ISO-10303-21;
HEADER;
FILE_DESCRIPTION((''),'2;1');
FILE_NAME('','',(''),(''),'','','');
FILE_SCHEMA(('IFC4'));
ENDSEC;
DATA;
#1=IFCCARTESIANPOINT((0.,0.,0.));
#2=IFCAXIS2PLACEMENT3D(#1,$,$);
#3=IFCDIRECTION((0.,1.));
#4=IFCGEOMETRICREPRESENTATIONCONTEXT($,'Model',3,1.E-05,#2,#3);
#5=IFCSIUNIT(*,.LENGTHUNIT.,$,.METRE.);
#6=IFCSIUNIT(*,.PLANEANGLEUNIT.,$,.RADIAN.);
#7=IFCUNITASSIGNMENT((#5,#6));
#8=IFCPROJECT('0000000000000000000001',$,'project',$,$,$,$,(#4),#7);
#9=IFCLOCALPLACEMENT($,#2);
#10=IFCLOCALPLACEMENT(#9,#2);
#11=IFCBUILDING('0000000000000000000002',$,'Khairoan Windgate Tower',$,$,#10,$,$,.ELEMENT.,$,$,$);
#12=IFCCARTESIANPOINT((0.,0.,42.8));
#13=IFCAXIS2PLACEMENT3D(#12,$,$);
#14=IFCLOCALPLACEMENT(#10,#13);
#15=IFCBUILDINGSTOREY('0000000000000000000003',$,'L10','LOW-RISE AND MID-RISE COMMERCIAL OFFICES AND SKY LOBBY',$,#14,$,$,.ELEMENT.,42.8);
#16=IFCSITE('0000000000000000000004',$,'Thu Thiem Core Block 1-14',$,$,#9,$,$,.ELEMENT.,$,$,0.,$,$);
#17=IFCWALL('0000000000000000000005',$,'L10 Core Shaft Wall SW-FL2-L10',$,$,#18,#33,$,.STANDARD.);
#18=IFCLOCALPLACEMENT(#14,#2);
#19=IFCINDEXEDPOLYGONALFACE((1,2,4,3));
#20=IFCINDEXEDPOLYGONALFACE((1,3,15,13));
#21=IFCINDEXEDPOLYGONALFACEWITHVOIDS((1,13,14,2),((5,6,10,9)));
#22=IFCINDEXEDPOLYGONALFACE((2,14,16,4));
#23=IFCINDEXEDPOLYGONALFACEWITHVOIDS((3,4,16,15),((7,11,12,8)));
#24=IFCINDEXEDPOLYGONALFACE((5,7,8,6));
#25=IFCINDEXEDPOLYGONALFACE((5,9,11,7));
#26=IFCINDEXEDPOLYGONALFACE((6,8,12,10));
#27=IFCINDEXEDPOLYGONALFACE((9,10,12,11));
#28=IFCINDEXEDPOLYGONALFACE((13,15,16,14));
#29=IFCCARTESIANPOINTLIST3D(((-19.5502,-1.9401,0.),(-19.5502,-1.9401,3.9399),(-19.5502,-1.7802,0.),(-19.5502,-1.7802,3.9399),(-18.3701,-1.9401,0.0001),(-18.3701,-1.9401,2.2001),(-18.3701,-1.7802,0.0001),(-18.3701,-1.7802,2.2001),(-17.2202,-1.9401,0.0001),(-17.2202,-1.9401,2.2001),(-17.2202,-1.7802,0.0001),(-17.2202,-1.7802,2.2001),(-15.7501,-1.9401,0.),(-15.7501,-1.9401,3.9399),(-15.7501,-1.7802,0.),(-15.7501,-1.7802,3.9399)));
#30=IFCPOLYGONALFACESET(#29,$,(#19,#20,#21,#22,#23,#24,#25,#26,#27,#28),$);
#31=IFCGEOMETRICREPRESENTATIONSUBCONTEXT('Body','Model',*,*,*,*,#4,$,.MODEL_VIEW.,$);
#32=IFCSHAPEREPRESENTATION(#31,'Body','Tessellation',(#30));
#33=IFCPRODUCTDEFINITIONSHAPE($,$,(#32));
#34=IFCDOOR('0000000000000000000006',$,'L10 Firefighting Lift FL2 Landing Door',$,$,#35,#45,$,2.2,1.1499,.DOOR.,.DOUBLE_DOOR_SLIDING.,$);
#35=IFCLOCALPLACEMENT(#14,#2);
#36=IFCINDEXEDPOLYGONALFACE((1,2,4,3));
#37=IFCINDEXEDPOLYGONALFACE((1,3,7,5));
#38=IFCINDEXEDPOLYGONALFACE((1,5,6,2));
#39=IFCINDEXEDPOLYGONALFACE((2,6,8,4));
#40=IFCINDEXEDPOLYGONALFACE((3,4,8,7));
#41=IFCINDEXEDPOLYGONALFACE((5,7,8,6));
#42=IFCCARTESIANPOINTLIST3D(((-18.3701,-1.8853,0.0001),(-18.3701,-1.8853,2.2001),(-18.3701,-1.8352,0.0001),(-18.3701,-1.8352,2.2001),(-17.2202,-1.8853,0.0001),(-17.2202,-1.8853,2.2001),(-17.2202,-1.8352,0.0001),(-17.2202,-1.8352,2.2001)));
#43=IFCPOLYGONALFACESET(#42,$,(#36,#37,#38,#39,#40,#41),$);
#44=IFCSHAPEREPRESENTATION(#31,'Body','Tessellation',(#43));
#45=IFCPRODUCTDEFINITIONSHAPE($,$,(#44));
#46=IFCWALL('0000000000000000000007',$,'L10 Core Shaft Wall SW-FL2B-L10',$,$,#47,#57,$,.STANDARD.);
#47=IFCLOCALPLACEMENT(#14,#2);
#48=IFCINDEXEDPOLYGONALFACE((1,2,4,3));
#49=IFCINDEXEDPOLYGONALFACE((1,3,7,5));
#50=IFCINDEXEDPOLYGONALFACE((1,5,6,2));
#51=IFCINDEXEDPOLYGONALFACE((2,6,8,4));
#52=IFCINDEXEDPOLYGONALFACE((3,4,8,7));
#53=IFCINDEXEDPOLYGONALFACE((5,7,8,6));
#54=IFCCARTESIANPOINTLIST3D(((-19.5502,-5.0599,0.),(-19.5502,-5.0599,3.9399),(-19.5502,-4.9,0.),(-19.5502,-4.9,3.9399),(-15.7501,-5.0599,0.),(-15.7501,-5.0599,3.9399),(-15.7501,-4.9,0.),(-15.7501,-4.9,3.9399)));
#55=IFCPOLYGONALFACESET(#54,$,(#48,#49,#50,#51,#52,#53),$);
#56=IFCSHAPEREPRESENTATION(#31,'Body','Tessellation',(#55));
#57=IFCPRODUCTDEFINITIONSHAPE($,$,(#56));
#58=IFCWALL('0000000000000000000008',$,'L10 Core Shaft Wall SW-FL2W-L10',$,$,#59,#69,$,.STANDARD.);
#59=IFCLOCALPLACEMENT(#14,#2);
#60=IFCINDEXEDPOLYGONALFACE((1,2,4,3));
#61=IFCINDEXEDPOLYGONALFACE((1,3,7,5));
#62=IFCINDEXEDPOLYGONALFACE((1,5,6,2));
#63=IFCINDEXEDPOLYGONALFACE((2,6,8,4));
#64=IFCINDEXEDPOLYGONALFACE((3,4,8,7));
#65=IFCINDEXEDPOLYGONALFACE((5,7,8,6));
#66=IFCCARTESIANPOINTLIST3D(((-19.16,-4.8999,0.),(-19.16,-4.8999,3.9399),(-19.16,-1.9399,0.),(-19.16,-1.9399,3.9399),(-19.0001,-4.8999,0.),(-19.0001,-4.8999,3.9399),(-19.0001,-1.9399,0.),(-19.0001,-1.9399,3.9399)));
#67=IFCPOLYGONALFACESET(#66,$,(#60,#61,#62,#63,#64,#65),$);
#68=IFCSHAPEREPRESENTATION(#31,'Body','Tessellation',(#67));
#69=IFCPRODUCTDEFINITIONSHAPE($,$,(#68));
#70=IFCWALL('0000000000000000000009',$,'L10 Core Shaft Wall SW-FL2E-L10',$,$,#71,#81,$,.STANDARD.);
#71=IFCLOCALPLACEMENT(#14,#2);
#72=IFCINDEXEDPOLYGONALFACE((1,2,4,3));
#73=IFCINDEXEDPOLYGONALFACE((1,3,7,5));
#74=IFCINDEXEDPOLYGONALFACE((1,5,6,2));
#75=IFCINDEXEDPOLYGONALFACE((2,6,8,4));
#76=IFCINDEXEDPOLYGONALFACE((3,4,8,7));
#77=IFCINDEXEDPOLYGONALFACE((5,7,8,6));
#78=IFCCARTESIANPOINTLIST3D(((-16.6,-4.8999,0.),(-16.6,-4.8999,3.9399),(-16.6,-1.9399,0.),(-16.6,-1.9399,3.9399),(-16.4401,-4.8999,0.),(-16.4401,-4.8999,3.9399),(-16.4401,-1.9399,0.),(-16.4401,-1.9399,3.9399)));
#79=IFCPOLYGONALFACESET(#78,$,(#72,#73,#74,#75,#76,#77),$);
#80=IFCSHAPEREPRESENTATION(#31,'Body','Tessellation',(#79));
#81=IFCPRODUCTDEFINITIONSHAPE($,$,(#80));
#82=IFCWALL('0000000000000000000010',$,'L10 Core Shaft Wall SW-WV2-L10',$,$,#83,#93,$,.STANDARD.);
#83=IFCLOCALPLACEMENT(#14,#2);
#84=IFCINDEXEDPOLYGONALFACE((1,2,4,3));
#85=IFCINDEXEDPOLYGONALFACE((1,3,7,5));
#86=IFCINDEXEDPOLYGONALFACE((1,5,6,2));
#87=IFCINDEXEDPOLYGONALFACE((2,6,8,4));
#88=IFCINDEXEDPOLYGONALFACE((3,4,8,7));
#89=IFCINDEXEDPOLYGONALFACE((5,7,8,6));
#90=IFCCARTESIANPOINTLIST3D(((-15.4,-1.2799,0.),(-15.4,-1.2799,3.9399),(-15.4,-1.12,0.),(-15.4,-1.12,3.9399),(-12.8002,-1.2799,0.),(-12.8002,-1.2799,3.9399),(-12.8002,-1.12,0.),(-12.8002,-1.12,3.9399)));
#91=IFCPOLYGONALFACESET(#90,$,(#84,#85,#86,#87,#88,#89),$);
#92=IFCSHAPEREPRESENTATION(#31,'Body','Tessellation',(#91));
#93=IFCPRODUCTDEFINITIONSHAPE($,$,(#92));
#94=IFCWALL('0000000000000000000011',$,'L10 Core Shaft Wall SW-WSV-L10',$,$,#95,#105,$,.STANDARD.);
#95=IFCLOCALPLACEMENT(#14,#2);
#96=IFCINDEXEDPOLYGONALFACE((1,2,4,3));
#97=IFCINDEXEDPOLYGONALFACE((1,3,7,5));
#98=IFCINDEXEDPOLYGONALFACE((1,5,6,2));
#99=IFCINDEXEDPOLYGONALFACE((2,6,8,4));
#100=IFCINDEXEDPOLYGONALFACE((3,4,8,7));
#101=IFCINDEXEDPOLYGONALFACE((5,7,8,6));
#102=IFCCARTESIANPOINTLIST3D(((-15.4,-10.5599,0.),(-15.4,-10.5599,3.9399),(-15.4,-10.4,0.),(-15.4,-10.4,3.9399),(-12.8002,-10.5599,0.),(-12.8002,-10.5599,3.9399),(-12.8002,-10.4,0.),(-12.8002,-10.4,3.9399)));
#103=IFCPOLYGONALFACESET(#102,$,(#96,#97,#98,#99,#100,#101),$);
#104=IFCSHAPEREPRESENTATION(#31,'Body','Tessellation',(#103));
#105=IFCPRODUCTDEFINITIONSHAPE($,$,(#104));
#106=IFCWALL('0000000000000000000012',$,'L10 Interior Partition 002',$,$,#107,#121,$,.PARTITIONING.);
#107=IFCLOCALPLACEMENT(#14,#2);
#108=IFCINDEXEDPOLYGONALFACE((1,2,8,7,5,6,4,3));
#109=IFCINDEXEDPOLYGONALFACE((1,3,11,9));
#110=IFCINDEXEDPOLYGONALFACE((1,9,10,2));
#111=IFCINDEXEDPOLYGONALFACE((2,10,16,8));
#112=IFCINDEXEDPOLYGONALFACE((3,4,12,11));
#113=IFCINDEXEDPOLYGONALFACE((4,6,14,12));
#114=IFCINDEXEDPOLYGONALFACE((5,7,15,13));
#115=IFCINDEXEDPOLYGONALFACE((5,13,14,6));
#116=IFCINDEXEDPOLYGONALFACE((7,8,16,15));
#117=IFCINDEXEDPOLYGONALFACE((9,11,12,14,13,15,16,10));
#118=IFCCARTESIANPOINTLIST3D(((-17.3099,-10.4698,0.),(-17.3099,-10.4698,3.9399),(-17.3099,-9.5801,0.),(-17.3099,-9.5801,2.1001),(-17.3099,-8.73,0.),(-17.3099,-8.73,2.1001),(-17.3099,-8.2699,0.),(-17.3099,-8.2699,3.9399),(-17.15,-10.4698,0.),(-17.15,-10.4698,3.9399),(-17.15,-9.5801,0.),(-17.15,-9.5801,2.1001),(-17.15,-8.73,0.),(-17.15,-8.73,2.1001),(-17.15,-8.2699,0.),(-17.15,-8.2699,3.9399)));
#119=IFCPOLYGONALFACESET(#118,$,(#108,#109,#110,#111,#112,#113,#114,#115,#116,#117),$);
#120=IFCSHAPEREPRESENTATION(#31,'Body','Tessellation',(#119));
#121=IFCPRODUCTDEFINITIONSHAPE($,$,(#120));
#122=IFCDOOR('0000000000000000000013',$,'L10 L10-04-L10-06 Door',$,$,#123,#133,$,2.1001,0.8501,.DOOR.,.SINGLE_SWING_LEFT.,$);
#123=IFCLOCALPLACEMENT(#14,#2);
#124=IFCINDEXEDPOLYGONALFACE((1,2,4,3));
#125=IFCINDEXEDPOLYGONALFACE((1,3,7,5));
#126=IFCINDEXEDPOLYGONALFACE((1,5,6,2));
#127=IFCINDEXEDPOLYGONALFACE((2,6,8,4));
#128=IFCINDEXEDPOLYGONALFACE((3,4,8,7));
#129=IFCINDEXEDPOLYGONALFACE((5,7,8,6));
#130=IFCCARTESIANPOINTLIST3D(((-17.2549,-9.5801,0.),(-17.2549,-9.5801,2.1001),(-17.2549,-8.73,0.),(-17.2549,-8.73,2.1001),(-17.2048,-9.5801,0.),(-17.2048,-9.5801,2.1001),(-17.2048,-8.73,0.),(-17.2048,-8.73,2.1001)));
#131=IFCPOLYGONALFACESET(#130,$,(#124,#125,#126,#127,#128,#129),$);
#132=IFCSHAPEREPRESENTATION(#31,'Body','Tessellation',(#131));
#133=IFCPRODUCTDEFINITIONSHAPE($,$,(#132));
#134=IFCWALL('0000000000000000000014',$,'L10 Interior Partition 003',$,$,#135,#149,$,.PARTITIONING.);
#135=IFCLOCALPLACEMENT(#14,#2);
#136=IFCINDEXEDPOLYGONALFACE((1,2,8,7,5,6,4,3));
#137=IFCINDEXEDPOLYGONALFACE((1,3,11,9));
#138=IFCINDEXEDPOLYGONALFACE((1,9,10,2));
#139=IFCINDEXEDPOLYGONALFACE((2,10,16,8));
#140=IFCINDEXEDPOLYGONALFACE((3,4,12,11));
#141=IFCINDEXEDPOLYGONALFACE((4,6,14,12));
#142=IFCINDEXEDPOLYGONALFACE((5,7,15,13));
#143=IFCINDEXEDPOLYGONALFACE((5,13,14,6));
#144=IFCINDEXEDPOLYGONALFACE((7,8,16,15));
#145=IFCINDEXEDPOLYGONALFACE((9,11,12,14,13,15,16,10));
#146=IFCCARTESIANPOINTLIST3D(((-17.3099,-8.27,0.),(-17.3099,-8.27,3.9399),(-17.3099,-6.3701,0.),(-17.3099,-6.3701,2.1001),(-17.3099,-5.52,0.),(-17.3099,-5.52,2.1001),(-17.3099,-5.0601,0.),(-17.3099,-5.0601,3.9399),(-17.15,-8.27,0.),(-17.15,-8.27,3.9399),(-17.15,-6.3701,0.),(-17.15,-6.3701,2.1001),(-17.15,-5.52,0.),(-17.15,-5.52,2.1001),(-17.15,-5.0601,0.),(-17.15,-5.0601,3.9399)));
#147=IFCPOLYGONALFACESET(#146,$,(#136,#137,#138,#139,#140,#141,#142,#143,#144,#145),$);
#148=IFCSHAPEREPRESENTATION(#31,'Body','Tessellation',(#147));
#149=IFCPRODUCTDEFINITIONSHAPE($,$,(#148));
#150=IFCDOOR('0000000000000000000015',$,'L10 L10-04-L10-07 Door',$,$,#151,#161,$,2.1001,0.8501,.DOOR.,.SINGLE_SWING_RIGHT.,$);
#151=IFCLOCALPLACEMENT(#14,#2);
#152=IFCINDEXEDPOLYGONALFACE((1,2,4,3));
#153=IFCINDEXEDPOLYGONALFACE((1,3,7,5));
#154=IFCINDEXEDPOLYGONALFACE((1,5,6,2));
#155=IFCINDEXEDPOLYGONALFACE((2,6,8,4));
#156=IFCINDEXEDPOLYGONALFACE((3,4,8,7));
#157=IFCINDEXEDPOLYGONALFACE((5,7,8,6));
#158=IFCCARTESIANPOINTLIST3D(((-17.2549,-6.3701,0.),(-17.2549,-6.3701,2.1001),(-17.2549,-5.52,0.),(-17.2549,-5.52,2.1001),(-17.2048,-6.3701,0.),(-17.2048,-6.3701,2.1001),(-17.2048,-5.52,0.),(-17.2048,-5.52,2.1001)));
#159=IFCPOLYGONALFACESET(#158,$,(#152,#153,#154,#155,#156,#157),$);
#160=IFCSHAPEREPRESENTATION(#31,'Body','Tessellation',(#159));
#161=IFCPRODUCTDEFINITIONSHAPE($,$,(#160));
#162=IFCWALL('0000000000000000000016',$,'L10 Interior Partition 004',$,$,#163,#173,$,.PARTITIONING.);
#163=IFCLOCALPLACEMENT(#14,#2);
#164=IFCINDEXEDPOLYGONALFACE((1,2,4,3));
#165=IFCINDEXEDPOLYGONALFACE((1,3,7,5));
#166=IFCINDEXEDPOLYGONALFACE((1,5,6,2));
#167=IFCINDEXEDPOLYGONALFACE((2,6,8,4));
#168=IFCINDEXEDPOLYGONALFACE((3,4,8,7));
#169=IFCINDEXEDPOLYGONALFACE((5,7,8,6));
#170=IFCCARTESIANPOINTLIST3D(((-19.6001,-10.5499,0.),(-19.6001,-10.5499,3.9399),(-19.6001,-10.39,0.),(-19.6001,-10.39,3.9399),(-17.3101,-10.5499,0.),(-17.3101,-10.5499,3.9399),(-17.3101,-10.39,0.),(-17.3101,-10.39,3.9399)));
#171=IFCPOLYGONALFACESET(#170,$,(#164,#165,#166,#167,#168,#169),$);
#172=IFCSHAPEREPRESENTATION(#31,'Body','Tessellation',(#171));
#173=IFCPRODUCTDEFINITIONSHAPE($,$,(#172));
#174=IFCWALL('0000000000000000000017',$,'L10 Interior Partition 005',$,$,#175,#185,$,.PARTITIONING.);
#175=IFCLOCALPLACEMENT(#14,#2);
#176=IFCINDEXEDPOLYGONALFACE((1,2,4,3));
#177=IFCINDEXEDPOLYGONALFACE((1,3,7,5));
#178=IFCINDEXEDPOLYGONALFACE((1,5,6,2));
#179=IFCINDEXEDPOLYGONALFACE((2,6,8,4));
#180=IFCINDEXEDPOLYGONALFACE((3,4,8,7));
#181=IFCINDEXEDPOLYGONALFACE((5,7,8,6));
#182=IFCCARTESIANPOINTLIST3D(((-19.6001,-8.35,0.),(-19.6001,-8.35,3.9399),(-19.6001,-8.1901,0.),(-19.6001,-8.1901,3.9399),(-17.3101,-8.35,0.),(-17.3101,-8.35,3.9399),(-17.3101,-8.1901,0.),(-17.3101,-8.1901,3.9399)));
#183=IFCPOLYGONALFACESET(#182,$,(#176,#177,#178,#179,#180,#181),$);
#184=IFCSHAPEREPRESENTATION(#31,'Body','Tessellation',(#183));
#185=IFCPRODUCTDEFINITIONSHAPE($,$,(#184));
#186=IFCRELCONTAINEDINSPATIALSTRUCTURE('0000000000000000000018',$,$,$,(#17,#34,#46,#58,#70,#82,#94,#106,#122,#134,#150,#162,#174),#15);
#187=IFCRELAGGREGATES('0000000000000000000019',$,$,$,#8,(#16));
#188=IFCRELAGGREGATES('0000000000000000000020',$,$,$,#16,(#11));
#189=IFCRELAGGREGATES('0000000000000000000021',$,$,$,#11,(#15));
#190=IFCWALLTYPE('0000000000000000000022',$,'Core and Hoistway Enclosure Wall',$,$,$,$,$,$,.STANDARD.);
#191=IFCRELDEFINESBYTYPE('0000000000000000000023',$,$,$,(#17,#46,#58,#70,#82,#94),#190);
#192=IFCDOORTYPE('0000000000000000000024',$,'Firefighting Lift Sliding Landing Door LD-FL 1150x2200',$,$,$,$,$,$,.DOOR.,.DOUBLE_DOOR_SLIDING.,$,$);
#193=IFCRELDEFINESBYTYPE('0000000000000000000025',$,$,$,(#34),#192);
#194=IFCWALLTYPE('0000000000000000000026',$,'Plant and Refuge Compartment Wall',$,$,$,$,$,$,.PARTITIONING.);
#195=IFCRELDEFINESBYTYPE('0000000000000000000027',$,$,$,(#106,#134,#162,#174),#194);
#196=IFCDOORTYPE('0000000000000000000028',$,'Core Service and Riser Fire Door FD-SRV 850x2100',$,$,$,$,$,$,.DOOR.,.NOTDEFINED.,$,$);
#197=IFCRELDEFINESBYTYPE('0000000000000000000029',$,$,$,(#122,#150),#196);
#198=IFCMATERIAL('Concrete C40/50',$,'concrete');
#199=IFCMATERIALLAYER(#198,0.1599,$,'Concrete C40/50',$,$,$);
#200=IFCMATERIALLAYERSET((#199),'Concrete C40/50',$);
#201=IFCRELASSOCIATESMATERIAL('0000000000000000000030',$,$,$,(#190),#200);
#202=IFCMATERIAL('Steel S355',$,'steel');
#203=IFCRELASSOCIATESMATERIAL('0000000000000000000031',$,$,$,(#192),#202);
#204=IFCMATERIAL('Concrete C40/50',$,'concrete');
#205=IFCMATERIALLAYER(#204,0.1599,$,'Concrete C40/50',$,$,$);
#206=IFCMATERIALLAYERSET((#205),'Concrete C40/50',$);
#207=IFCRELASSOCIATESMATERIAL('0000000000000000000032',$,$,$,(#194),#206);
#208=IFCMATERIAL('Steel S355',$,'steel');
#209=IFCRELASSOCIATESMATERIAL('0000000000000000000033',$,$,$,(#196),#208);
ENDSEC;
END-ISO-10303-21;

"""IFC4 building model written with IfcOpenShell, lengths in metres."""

from ifc_helpers import new_model, si_unit, direction, frame, frame_2d, origin, place, context, subcontext, project, spatial, rectangle, extrude, material, layer, layer_set, type_object, element, fill, save


model = new_model("IFC4")

# Units and contexts
model_context = context("Model", 3, precision=1e-05, world=origin(), true_north=direction((0.0, 1.0)))
body_context = subcontext(model_context, "Body", "Model", "MODEL_VIEW")
ifc_project = project(units=[si_unit("LENGTHUNIT", "METRE"), si_unit("PLANEANGLEUNIT", "RADIAN")], contexts=[model_context])

# Site, building, storey
site_placement = place(None, origin())
site = spatial("IfcSite", under=ifc_project, at=site_placement, Name="Thu Thiem Core Block 1-14", CompositionType="ELEMENT", RefElevation=0.0)
building_placement = place(site_placement, origin())
building = spatial("IfcBuilding", under=site, at=building_placement, Name="Khairoan Windgate Tower", CompositionType="ELEMENT")
storey_placement = place(building_placement, frame((0.0, 0.0, 42.8)))
storey = spatial("IfcBuildingStorey", under=building, at=storey_placement, Name="L10", Description="LOW-RISE AND MID-RISE COMMERCIAL OFFICES AND SKY LOBBY", CompositionType="ELEMENT", Elevation=42.8)

# Shared definitions
ifc_material_1 = material(Name="Concrete C40/50", Category="concrete")
ifc_layer_1 = layer(ifc_material_1, 0.1599, Name="Concrete C40/50")
ifc_layer_set_1 = layer_set([ifc_layer_1], Name="Concrete C40/50")
wall_type_1 = type_object("IfcWallType", Name="Core and Hoistway Enclosure Wall", PredefinedType="STANDARD", material=ifc_layer_set_1)

# Wall, opening, door
wall_1_placement = place(storey_placement, frame((-19.55, -1.8601, 0.0), z_axis=(0.0, 0.0, 1.0), x_axis=(1.0, 0.0, 0.0)))
wall_1 = element("IfcWall", 1, at=wall_1_placement, inside=storey, type_object=wall_type_1, Name="L10 Core Shaft Wall SW-FL2-L10", PredefinedType="STANDARD", context=body_context, shape_type="SweptSolid", body=[
    extrude(rectangle(XDim=3.8, YDim=0.1599, at=frame_2d((1.8999, 0.0))), origin(), (0.0, 0.0, 1.0), 3.9399),
])
opening_1_placement = place(wall_1_placement, frame((1.1799, 0.0, 0.0)))
opening_1 = element("IfcOpeningElement", 2, at=opening_1_placement, cuts=wall_1, PredefinedType="OPENING", context=body_context, shape_type="SweptSolid", body=[
    extrude(rectangle(XDim=1.1499, YDim=2.2, at=frame_2d((0.575, 1.1001))), frame((0.0, 0.0898, 0.0), z_axis=(0.0, -1.0, 0.0), x_axis=(1.0, 0.0, 0.0)), (0.0, 0.0, 1.0), 0.1799),
])
ifc_material_2 = material(Name="Steel S355", Category="steel")
door_type_1 = type_object("IfcDoorType", Name="Firefighting Lift Sliding Landing Door LD-FL 1150x2200", OperationType="DOUBLE_DOOR_SLIDING", PredefinedType="DOOR", material=ifc_material_2)
door_1_placement = place(opening_1_placement, origin())
door_1 = element("IfcDoor", 3, at=door_1_placement, inside=storey, type_object=door_type_1, Name="L10 Firefighting Lift FL2 Landing Door", OperationType="DOUBLE_DOOR_SLIDING", OverallHeight=2.2, OverallWidth=1.1499, PredefinedType="DOOR", context=body_context, shape_type="SweptSolid", body=[
    extrude(rectangle(XDim=1.1499, YDim=2.2, at=frame_2d((0.575, 1.1001))), frame((0.0, 0.0249, 0.0), z_axis=(0.0, -1.0, 0.0), x_axis=(1.0, 0.0, 0.0)), (0.0, 0.0, 1.0), 0.05),
])
fill(opening_1, door_1)

# Walls
wall_2_placement = place(storey_placement, frame((-19.55, -4.98, 0.0), z_axis=(0.0, 0.0, 1.0), x_axis=(1.0, 0.0, 0.0)))
element("IfcWall", 4, at=wall_2_placement, inside=storey, type_object=wall_type_1, Name="L10 Core Shaft Wall SW-FL2B-L10", PredefinedType="STANDARD", context=body_context, shape_type="SweptSolid", body=[
    extrude(rectangle(XDim=3.8, YDim=0.1599, at=frame_2d((1.8999, 0.0))), origin(), (0.0, 0.0, 1.0), 3.9399),
])
for number, where, z_axis, x_axis, name in (
    (5, (-19.0801, -4.8999, 0.0), (0.0, 0.0, 1.0), (0.0, 1.0, 0.0), "L10 Core Shaft Wall SW-FL2W-L10"),
    (6, (-16.52, -4.8999, 0.0), (0.0, 0.0, 1.0), (0.0, 1.0, 0.0), "L10 Core Shaft Wall SW-FL2E-L10"),
):
    element("IfcWall", number, at=place(storey_placement, frame(where, z_axis=z_axis, x_axis=x_axis)), inside=storey, type_object=wall_type_1, Name=name, PredefinedType="STANDARD", context=body_context, shape_type="SweptSolid", body=[
        extrude(rectangle(XDim=2.96, YDim=0.1599, at=frame_2d((1.48, 0.0))), origin(), (0.0, 0.0, 1.0), 3.9399),
    ])
for number, where, z_axis, x_axis, name in (
    (7, (-15.3999, -1.2, 0.0), (0.0, 0.0, 1.0), (1.0, 0.0, 0.0), "L10 Core Shaft Wall SW-WV2-L10"),
    (8, (-15.3999, -10.48, 0.0), (0.0, 0.0, 1.0), (1.0, 0.0, 0.0), "L10 Core Shaft Wall SW-WSV-L10"),
):
    element("IfcWall", number, at=place(storey_placement, frame(where, z_axis=z_axis, x_axis=x_axis)), inside=storey, type_object=wall_type_1, Name=name, PredefinedType="STANDARD", context=body_context, shape_type="SweptSolid", body=[
        extrude(rectangle(XDim=2.5999, YDim=0.1599, at=frame_2d((1.2998, 0.0))), origin(), (0.0, 0.0, 1.0), 3.9399),
    ])

# Walls, openings, doors
ifc_material_3 = material(Name="Concrete C40/50", Category="concrete")
ifc_layer_2 = layer(ifc_material_3, 0.1599, Name="Concrete C40/50")
ifc_layer_set_2 = layer_set([ifc_layer_2], Name="Concrete C40/50")
wall_type_2 = type_object("IfcWallType", Name="Plant and Refuge Compartment Wall", PredefinedType="PARTITIONING", material=ifc_layer_set_2)
wall_3_placement = place(storey_placement, frame((-17.23, -10.47, 0.0), z_axis=(0.0, 0.0, 1.0), x_axis=(0.0, 1.0, 0.0)))
wall_3 = element("IfcWall", 9, at=wall_3_placement, inside=storey, type_object=wall_type_2, Name="L10 Interior Partition 002", PredefinedType="PARTITIONING", context=body_context, shape_type="SweptSolid", body=[
    extrude(rectangle(XDim=2.2, YDim=0.1599, at=frame_2d((1.1001, 0.0))), origin(), (0.0, 0.0, 1.0), 3.9399),
])
opening_2_placement = place(wall_3_placement, frame((0.8899, 0.0, 0.0)))
opening_2 = element("IfcOpeningElement", 10, at=opening_2_placement, cuts=wall_3, PredefinedType="OPENING", context=body_context, shape_type="SweptSolid", body=[
    extrude(rectangle(XDim=0.8501, YDim=2.1001, at=frame_2d((0.425, 1.05))), frame((0.0, 0.0898, 0.0), z_axis=(0.0, -1.0, 0.0), x_axis=(1.0, 0.0, 0.0)), (0.0, 0.0, 1.0), 0.1799),
])
ifc_material_4 = material(Name="Steel S355", Category="steel")
door_type_2 = type_object("IfcDoorType", Name="Core Service and Riser Fire Door FD-SRV 850x2100", OperationType="NOTDEFINED", PredefinedType="DOOR", material=ifc_material_4)
door_2_placement = place(opening_2_placement, origin())
door_2 = element("IfcDoor", 11, at=door_2_placement, inside=storey, type_object=door_type_2, Name="L10 L10-04-L10-06 Door", OperationType="SINGLE_SWING_LEFT", OverallHeight=2.1001, OverallWidth=0.8501, PredefinedType="DOOR", context=body_context, shape_type="SweptSolid", body=[
    extrude(rectangle(XDim=0.8501, YDim=2.1001, at=frame_2d((0.425, 1.05))), frame((0.0, 0.0249, 0.0), z_axis=(0.0, -1.0, 0.0), x_axis=(1.0, 0.0, 0.0)), (0.0, 0.0, 1.0), 0.05),
])
fill(opening_2, door_2)
wall_4_placement = place(storey_placement, frame((-17.23, -8.27, 0.0), z_axis=(0.0, 0.0, 1.0), x_axis=(0.0, 1.0, 0.0)))
wall_4 = element("IfcWall", 12, at=wall_4_placement, inside=storey, type_object=wall_type_2, Name="L10 Interior Partition 003", PredefinedType="PARTITIONING", context=body_context, shape_type="SweptSolid", body=[
    extrude(rectangle(XDim=3.21, YDim=0.1599, at=frame_2d((1.605, 0.0))), origin(), (0.0, 0.0, 1.0), 3.9399),
])
opening_3_placement = place(wall_4_placement, frame((1.8999, 0.0, 0.0)))
opening_3 = element("IfcOpeningElement", 13, at=opening_3_placement, cuts=wall_4, PredefinedType="OPENING", context=body_context, shape_type="SweptSolid", body=[
    extrude(rectangle(XDim=0.8501, YDim=2.1001, at=frame_2d((0.425, 1.05))), frame((0.0, 0.0898, 0.0), z_axis=(0.0, -1.0, 0.0), x_axis=(1.0, 0.0, 0.0)), (0.0, 0.0, 1.0), 0.1799),
])
door_3_placement = place(opening_3_placement, origin())
door_3 = element("IfcDoor", 14, at=door_3_placement, inside=storey, type_object=door_type_2, Name="L10 L10-04-L10-07 Door", OperationType="SINGLE_SWING_RIGHT", OverallHeight=2.1001, OverallWidth=0.8501, PredefinedType="DOOR", context=body_context, shape_type="SweptSolid", body=[
    extrude(rectangle(XDim=0.8501, YDim=2.1001, at=frame_2d((0.425, 1.05))), frame((0.0, 0.0249, 0.0), z_axis=(0.0, -1.0, 0.0), x_axis=(1.0, 0.0, 0.0)), (0.0, 0.0, 1.0), 0.05),
])
fill(opening_3, door_3)

# Walls
for number, where, z_axis, x_axis, name in (
    (15, (-19.6001, -10.47, 0.0), (0.0, 0.0, 1.0), (1.0, 0.0, 0.0), "L10 Interior Partition 004"),
    (16, (-19.6001, -8.27, 0.0), (0.0, 0.0, 1.0), (1.0, 0.0, 0.0), "L10 Interior Partition 005"),
):
    element("IfcWall", number, at=place(storey_placement, frame(where, z_axis=z_axis, x_axis=x_axis)), inside=storey, type_object=wall_type_2, Name=name, PredefinedType="PARTITIONING", context=body_context, shape_type="SweptSolid", body=[
        extrude(rectangle(XDim=2.29, YDim=0.1599, at=frame_2d((1.145, 0.0))), origin(), (0.0, 0.0, 1.0), 3.9399),
    ])

save(model, "model.ifc")
